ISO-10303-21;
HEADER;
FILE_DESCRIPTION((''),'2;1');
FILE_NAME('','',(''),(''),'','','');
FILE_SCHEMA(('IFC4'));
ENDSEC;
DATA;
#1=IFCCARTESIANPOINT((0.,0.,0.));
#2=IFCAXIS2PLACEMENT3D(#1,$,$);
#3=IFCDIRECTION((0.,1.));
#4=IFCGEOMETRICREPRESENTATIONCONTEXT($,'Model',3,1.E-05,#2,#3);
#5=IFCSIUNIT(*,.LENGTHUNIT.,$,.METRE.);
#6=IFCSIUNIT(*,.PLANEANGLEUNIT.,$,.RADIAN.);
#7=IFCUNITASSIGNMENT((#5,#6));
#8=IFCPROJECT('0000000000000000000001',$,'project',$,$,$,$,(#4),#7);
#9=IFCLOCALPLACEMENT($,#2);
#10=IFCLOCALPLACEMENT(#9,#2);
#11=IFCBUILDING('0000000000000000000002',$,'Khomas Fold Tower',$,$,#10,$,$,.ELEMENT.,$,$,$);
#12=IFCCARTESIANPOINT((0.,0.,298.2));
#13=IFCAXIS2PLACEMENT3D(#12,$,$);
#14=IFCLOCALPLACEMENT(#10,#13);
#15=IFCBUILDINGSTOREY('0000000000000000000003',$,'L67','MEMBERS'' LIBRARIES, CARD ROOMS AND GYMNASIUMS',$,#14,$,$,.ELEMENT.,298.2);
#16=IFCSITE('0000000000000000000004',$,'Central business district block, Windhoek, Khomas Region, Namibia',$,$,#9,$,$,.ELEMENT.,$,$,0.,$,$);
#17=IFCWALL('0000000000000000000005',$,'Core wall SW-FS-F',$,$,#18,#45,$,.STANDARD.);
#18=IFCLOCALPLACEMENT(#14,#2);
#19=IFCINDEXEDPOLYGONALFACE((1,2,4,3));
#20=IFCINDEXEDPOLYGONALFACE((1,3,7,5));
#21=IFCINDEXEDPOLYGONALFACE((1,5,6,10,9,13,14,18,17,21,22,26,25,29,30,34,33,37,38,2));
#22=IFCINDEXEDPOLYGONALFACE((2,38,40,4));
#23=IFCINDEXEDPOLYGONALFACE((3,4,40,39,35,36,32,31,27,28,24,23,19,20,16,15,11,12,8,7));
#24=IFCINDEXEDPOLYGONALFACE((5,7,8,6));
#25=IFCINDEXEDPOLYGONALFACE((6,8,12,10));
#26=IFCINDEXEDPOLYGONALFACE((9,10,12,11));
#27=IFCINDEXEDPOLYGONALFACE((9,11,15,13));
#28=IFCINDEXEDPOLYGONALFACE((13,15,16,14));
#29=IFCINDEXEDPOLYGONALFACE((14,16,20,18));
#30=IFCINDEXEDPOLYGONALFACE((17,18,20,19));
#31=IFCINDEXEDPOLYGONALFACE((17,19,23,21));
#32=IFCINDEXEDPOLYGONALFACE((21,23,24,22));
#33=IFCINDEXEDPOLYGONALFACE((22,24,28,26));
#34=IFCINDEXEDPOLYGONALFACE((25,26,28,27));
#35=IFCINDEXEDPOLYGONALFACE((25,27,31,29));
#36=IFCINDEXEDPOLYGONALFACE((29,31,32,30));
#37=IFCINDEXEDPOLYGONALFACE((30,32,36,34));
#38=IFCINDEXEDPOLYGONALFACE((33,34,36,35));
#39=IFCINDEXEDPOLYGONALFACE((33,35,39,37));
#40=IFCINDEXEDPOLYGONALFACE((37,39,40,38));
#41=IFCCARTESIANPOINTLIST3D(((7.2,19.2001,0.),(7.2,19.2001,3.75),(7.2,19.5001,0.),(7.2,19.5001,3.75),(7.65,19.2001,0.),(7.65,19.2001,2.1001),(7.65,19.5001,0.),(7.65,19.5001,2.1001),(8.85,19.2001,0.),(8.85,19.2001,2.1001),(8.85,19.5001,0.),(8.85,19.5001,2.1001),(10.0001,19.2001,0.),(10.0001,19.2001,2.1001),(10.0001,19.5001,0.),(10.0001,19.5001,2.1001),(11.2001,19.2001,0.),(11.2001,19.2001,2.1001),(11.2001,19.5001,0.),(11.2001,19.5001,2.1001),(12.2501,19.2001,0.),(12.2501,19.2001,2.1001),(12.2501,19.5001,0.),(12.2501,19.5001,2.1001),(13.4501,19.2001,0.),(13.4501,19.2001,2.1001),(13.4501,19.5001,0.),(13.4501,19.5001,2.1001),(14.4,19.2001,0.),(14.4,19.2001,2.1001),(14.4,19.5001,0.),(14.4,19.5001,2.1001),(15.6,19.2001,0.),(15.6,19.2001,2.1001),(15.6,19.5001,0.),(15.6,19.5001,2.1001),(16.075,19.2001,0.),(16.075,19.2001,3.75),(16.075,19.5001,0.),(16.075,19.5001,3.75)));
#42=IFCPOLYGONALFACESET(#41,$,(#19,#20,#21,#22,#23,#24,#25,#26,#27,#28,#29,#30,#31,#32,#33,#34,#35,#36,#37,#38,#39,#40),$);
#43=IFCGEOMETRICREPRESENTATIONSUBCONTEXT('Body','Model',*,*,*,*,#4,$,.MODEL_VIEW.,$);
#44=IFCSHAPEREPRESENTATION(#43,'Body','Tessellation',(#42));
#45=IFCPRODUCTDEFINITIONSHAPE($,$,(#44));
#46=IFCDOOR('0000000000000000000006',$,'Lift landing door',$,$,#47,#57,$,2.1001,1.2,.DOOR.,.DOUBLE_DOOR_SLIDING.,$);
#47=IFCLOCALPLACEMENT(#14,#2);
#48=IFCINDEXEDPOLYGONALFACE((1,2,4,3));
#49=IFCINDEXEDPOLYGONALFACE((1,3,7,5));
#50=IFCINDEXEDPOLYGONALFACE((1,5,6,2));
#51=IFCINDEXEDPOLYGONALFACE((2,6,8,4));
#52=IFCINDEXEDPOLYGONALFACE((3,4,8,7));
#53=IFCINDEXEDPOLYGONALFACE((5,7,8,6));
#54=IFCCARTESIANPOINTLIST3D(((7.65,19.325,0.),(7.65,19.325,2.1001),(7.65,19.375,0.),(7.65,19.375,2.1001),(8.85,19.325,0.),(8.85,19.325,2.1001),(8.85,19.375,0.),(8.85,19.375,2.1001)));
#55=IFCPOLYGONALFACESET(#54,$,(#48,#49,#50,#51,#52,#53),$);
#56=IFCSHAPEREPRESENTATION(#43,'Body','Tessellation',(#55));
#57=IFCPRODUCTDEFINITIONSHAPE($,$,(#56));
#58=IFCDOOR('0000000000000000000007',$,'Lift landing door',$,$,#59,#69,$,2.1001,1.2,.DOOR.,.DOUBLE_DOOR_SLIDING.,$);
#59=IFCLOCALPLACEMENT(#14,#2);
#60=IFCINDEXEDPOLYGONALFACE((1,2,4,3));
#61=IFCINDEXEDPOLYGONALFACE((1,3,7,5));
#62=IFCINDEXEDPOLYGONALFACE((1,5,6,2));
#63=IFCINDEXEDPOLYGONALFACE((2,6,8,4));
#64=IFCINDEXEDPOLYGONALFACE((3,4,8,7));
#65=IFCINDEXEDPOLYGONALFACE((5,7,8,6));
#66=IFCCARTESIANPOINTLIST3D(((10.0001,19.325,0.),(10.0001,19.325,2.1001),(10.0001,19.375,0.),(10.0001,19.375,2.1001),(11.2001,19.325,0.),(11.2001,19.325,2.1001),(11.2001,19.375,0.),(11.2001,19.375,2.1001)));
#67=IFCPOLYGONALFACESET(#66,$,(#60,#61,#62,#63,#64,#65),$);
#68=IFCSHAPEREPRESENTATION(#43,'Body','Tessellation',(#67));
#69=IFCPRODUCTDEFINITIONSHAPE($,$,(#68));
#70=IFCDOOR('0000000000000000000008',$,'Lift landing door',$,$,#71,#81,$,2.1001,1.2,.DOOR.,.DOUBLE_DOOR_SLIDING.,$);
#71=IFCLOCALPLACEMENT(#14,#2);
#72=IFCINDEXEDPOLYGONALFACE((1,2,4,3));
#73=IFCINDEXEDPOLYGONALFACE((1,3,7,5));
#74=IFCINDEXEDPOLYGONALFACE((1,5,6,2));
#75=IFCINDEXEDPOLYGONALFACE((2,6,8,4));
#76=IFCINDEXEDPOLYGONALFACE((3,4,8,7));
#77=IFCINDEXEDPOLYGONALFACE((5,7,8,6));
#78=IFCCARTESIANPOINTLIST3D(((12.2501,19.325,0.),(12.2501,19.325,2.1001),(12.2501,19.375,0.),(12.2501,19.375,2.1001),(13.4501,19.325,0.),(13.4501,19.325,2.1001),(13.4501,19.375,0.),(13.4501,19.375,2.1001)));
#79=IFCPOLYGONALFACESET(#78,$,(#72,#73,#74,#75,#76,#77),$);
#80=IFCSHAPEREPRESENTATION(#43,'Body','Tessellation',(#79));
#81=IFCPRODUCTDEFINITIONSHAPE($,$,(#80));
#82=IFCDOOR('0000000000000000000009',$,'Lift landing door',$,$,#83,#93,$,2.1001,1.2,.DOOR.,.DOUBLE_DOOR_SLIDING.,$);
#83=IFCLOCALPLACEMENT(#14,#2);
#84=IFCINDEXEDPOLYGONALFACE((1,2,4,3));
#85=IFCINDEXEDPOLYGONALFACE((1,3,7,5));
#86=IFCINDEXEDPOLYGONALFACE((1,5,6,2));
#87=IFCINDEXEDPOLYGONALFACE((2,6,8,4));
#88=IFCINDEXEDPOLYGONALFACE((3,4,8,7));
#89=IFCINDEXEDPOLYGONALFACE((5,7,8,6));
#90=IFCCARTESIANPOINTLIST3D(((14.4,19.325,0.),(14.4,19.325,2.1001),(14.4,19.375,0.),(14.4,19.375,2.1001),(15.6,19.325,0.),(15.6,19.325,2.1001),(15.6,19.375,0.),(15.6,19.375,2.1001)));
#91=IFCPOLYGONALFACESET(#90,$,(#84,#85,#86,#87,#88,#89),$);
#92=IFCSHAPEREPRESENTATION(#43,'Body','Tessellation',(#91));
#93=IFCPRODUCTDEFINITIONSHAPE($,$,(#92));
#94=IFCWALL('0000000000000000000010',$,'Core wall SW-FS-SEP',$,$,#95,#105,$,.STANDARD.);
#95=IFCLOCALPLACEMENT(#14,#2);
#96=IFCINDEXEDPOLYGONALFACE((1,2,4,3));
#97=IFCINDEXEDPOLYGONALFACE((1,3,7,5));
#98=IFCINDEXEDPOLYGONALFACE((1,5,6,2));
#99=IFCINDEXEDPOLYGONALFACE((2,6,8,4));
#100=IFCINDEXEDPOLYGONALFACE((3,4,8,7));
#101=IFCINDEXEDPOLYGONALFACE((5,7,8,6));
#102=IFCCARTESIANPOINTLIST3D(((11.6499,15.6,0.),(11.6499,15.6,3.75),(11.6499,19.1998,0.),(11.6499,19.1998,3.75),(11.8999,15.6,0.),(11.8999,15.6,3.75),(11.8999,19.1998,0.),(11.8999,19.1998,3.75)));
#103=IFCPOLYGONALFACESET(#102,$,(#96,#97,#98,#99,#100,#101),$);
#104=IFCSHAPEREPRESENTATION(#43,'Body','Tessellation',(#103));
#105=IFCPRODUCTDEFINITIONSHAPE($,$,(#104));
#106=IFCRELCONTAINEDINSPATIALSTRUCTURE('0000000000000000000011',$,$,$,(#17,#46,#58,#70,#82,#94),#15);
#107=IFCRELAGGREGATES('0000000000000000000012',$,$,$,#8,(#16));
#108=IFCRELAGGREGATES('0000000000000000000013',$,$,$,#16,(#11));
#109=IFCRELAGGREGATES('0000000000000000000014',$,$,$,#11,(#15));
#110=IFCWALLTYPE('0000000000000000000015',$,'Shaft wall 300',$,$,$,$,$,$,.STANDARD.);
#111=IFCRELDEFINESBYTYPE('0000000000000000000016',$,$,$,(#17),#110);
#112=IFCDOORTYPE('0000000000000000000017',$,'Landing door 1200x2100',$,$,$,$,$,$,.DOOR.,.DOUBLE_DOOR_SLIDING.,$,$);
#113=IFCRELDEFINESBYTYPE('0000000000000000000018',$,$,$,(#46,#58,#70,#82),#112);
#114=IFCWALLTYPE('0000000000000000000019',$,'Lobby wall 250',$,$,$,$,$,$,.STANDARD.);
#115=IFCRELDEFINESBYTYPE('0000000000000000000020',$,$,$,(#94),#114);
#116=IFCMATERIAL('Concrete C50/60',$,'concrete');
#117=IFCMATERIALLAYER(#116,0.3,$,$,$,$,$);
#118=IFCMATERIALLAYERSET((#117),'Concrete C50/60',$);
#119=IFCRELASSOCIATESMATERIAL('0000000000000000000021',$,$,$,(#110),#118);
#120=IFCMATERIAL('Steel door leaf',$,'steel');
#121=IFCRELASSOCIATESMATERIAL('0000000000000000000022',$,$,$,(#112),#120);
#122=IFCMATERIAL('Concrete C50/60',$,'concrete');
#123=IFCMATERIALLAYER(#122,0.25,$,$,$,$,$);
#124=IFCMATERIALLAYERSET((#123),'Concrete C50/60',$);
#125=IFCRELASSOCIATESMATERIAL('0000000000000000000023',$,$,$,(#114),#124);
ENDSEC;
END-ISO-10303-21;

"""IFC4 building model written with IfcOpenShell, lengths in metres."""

from ifc_helpers import new_model, si_unit, direction, frame, frame_2d, origin, place, context, subcontext, project, spatial, rectangle, extrude, source, transform, mapped, material, layer, layer_set, type_object, element, fill, save


model = new_model("IFC4")

# Units and contexts
model_context = context("Model", 3, precision=1e-05, world=origin(), true_north=direction((0.0, 1.0)))
body_context = subcontext(model_context, "Body", "Model", "MODEL_VIEW")
ifc_project = project(units=[si_unit("LENGTHUNIT", "METRE"), si_unit("PLANEANGLEUNIT", "RADIAN")], contexts=[model_context])

# Site, building, storey
site_placement = place(None, origin())
site = spatial("IfcSite", under=ifc_project, at=site_placement, Name="Central business district block, Windhoek, Khomas Region, Namibia", CompositionType="ELEMENT", RefElevation=0.0)
building_placement = place(site_placement, origin())
building = spatial("IfcBuilding", under=site, at=building_placement, Name="Khomas Fold Tower", CompositionType="ELEMENT")
storey_placement = place(building_placement, frame((0.0, 0.0, 298.2)))
storey = spatial("IfcBuildingStorey", under=building, at=storey_placement, Name="L67", Description="MEMBERS' LIBRARIES, CARD ROOMS AND GYMNASIUMS", CompositionType="ELEMENT", Elevation=298.2)

# Wall, openings, doors
ifc_material_1 = material(Name="Concrete C50/60", Category="concrete")
ifc_layer_1 = layer(ifc_material_1, 0.3)
ifc_layer_set_1 = layer_set([ifc_layer_1], Name="Concrete C50/60")
wall_type_1 = type_object("IfcWallType", Name="Shaft wall 300", PredefinedType="STANDARD", material=ifc_layer_set_1)
shared_shape_1 = source(origin(), body_context, "Body", "SweptSolid", [
    extrude(rectangle(XDim=8.875, YDim=0.3, at=frame_2d((4.4375, 0.0))), origin(), (0.0, 0.0, 1.0), 3.75),
])
wall_1_placement = place(storey_placement, frame((7.2, 19.3501, 0.0), z_axis=(0.0, 0.0, 1.0), x_axis=(1.0, 0.0, 0.0)))
wall_1 = element("IfcWall", 1, at=wall_1_placement, inside=storey, type_object=wall_type_1, Name="Core wall SW-FS-F", PredefinedType="STANDARD", context=body_context, shape_type="MappedRepresentation", body=[
    mapped(shared_shape_1, transform((0.0, 0.0, 0.0))),
])
shared_shape_2 = source(origin(), body_context, "Body", "SweptSolid", [
    extrude(rectangle(XDim=1.2, YDim=2.1001, at=frame_2d((0.6001, 1.05))), frame((0.0, 0.1599, 0.0), z_axis=(0.0, -1.0, 0.0), x_axis=(1.0, 0.0, 0.0)), (0.0, 0.0, 1.0), 0.3201),
])
opening_1_placement = place(wall_1_placement, frame((0.45, 0.0, 0.0)))
opening_1 = element("IfcOpeningElement", 2, at=opening_1_placement, cuts=wall_1, PredefinedType="OPENING", context=body_context, shape_type="MappedRepresentation", body=[
    mapped(shared_shape_2, transform((0.0, 0.0, 0.0))),
])
opening_2_placement = place(wall_1_placement, frame((2.8, 0.0, 0.0)))
opening_2 = element("IfcOpeningElement", 3, at=opening_2_placement, cuts=wall_1, PredefinedType="OPENING", context=body_context, shape_type="MappedRepresentation", body=[
    mapped(shared_shape_2, transform((0.0, 0.0, 0.0))),
])
opening_3_placement = place(wall_1_placement, frame((5.05, 0.0, 0.0)))
opening_3 = element("IfcOpeningElement", 4, at=opening_3_placement, cuts=wall_1, PredefinedType="OPENING", context=body_context, shape_type="MappedRepresentation", body=[
    mapped(shared_shape_2, transform((0.0, 0.0, 0.0))),
])
opening_4_placement = place(wall_1_placement, frame((7.2, 0.0, 0.0)))
opening_4 = element("IfcOpeningElement", 5, at=opening_4_placement, cuts=wall_1, PredefinedType="OPENING", context=body_context, shape_type="MappedRepresentation", body=[
    mapped(shared_shape_2, transform((0.0, 0.0, 0.0))),
])
ifc_material_2 = material(Name="Steel door leaf", Category="steel")
door_type_1 = type_object("IfcDoorType", Name="Landing door 1200x2100", OperationType="DOUBLE_DOOR_SLIDING", PredefinedType="DOOR", material=ifc_material_2)
shared_shape_3 = source(origin(), body_context, "Body", "SweptSolid", [
    extrude(rectangle(XDim=1.2, YDim=2.1001, at=frame_2d((0.6001, 1.05))), frame((0.0, 0.0249, 0.0), z_axis=(0.0, -1.0, 0.0), x_axis=(1.0, 0.0, 0.0)), (0.0, 0.0, 1.0), 0.05),
])
door_1_placement = place(opening_1_placement, origin())
door_1 = element("IfcDoor", 6, at=door_1_placement, inside=storey, type_object=door_type_1, Name="Lift landing door", OperationType="DOUBLE_DOOR_SLIDING", OverallHeight=2.1001, OverallWidth=1.2, PredefinedType="DOOR", context=body_context, shape_type="MappedRepresentation", body=[
    mapped(shared_shape_3, transform((0.0, 0.0, 0.0))),
])
fill(opening_1, door_1)
door_2_placement = place(opening_2_placement, origin())
door_2 = element("IfcDoor", 7, at=door_2_placement, inside=storey, type_object=door_type_1, Name="Lift landing door", OperationType="DOUBLE_DOOR_SLIDING", OverallHeight=2.1001, OverallWidth=1.2, PredefinedType="DOOR", context=body_context, shape_type="MappedRepresentation", body=[
    mapped(shared_shape_3, transform((0.0, 0.0, 0.0))),
])
fill(opening_2, door_2)
door_3_placement = place(opening_3_placement, origin())
door_3 = element("IfcDoor", 8, at=door_3_placement, inside=storey, type_object=door_type_1, Name="Lift landing door", OperationType="DOUBLE_DOOR_SLIDING", OverallHeight=2.1001, OverallWidth=1.2, PredefinedType="DOOR", context=body_context, shape_type="MappedRepresentation", body=[
    mapped(shared_shape_3, transform((0.0, 0.0, 0.0))),
])
fill(opening_3, door_3)
door_4_placement = place(opening_4_placement, origin())
door_4 = element("IfcDoor", 9, at=door_4_placement, inside=storey, type_object=door_type_1, Name="Lift landing door", OperationType="DOUBLE_DOOR_SLIDING", OverallHeight=2.1001, OverallWidth=1.2, PredefinedType="DOOR", context=body_context, shape_type="MappedRepresentation", body=[
    mapped(shared_shape_3, transform((0.0, 0.0, 0.0))),
])
fill(opening_4, door_4)

# Wall
ifc_material_3 = material(Name="Concrete C50/60", Category="concrete")
ifc_layer_2 = layer(ifc_material_3, 0.25)
ifc_layer_set_2 = layer_set([ifc_layer_2], Name="Concrete C50/60")
wall_type_2 = type_object("IfcWallType", Name="Lobby wall 250", PredefinedType="STANDARD", material=ifc_layer_set_2)
shared_shape_4 = source(origin(), body_context, "Body", "SweptSolid", [
    extrude(rectangle(XDim=3.5999, YDim=0.25, at=frame_2d((1.7998, 0.0))), origin(), (0.0, 0.0, 1.0), 3.75),
])
wall_2_placement = place(storey_placement, frame((11.7749, 15.6001, 0.0), z_axis=(0.0, 0.0, 1.0), x_axis=(0.0, 1.0, 0.0)))
element("IfcWall", 10, at=wall_2_placement, inside=storey, type_object=wall_type_2, Name="Core wall SW-FS-SEP", PredefinedType="STANDARD", context=body_context, shape_type="MappedRepresentation", body=[
    mapped(shared_shape_4, transform((0.0, 0.0, 0.0))),
])

save(model, "model.ifc")
